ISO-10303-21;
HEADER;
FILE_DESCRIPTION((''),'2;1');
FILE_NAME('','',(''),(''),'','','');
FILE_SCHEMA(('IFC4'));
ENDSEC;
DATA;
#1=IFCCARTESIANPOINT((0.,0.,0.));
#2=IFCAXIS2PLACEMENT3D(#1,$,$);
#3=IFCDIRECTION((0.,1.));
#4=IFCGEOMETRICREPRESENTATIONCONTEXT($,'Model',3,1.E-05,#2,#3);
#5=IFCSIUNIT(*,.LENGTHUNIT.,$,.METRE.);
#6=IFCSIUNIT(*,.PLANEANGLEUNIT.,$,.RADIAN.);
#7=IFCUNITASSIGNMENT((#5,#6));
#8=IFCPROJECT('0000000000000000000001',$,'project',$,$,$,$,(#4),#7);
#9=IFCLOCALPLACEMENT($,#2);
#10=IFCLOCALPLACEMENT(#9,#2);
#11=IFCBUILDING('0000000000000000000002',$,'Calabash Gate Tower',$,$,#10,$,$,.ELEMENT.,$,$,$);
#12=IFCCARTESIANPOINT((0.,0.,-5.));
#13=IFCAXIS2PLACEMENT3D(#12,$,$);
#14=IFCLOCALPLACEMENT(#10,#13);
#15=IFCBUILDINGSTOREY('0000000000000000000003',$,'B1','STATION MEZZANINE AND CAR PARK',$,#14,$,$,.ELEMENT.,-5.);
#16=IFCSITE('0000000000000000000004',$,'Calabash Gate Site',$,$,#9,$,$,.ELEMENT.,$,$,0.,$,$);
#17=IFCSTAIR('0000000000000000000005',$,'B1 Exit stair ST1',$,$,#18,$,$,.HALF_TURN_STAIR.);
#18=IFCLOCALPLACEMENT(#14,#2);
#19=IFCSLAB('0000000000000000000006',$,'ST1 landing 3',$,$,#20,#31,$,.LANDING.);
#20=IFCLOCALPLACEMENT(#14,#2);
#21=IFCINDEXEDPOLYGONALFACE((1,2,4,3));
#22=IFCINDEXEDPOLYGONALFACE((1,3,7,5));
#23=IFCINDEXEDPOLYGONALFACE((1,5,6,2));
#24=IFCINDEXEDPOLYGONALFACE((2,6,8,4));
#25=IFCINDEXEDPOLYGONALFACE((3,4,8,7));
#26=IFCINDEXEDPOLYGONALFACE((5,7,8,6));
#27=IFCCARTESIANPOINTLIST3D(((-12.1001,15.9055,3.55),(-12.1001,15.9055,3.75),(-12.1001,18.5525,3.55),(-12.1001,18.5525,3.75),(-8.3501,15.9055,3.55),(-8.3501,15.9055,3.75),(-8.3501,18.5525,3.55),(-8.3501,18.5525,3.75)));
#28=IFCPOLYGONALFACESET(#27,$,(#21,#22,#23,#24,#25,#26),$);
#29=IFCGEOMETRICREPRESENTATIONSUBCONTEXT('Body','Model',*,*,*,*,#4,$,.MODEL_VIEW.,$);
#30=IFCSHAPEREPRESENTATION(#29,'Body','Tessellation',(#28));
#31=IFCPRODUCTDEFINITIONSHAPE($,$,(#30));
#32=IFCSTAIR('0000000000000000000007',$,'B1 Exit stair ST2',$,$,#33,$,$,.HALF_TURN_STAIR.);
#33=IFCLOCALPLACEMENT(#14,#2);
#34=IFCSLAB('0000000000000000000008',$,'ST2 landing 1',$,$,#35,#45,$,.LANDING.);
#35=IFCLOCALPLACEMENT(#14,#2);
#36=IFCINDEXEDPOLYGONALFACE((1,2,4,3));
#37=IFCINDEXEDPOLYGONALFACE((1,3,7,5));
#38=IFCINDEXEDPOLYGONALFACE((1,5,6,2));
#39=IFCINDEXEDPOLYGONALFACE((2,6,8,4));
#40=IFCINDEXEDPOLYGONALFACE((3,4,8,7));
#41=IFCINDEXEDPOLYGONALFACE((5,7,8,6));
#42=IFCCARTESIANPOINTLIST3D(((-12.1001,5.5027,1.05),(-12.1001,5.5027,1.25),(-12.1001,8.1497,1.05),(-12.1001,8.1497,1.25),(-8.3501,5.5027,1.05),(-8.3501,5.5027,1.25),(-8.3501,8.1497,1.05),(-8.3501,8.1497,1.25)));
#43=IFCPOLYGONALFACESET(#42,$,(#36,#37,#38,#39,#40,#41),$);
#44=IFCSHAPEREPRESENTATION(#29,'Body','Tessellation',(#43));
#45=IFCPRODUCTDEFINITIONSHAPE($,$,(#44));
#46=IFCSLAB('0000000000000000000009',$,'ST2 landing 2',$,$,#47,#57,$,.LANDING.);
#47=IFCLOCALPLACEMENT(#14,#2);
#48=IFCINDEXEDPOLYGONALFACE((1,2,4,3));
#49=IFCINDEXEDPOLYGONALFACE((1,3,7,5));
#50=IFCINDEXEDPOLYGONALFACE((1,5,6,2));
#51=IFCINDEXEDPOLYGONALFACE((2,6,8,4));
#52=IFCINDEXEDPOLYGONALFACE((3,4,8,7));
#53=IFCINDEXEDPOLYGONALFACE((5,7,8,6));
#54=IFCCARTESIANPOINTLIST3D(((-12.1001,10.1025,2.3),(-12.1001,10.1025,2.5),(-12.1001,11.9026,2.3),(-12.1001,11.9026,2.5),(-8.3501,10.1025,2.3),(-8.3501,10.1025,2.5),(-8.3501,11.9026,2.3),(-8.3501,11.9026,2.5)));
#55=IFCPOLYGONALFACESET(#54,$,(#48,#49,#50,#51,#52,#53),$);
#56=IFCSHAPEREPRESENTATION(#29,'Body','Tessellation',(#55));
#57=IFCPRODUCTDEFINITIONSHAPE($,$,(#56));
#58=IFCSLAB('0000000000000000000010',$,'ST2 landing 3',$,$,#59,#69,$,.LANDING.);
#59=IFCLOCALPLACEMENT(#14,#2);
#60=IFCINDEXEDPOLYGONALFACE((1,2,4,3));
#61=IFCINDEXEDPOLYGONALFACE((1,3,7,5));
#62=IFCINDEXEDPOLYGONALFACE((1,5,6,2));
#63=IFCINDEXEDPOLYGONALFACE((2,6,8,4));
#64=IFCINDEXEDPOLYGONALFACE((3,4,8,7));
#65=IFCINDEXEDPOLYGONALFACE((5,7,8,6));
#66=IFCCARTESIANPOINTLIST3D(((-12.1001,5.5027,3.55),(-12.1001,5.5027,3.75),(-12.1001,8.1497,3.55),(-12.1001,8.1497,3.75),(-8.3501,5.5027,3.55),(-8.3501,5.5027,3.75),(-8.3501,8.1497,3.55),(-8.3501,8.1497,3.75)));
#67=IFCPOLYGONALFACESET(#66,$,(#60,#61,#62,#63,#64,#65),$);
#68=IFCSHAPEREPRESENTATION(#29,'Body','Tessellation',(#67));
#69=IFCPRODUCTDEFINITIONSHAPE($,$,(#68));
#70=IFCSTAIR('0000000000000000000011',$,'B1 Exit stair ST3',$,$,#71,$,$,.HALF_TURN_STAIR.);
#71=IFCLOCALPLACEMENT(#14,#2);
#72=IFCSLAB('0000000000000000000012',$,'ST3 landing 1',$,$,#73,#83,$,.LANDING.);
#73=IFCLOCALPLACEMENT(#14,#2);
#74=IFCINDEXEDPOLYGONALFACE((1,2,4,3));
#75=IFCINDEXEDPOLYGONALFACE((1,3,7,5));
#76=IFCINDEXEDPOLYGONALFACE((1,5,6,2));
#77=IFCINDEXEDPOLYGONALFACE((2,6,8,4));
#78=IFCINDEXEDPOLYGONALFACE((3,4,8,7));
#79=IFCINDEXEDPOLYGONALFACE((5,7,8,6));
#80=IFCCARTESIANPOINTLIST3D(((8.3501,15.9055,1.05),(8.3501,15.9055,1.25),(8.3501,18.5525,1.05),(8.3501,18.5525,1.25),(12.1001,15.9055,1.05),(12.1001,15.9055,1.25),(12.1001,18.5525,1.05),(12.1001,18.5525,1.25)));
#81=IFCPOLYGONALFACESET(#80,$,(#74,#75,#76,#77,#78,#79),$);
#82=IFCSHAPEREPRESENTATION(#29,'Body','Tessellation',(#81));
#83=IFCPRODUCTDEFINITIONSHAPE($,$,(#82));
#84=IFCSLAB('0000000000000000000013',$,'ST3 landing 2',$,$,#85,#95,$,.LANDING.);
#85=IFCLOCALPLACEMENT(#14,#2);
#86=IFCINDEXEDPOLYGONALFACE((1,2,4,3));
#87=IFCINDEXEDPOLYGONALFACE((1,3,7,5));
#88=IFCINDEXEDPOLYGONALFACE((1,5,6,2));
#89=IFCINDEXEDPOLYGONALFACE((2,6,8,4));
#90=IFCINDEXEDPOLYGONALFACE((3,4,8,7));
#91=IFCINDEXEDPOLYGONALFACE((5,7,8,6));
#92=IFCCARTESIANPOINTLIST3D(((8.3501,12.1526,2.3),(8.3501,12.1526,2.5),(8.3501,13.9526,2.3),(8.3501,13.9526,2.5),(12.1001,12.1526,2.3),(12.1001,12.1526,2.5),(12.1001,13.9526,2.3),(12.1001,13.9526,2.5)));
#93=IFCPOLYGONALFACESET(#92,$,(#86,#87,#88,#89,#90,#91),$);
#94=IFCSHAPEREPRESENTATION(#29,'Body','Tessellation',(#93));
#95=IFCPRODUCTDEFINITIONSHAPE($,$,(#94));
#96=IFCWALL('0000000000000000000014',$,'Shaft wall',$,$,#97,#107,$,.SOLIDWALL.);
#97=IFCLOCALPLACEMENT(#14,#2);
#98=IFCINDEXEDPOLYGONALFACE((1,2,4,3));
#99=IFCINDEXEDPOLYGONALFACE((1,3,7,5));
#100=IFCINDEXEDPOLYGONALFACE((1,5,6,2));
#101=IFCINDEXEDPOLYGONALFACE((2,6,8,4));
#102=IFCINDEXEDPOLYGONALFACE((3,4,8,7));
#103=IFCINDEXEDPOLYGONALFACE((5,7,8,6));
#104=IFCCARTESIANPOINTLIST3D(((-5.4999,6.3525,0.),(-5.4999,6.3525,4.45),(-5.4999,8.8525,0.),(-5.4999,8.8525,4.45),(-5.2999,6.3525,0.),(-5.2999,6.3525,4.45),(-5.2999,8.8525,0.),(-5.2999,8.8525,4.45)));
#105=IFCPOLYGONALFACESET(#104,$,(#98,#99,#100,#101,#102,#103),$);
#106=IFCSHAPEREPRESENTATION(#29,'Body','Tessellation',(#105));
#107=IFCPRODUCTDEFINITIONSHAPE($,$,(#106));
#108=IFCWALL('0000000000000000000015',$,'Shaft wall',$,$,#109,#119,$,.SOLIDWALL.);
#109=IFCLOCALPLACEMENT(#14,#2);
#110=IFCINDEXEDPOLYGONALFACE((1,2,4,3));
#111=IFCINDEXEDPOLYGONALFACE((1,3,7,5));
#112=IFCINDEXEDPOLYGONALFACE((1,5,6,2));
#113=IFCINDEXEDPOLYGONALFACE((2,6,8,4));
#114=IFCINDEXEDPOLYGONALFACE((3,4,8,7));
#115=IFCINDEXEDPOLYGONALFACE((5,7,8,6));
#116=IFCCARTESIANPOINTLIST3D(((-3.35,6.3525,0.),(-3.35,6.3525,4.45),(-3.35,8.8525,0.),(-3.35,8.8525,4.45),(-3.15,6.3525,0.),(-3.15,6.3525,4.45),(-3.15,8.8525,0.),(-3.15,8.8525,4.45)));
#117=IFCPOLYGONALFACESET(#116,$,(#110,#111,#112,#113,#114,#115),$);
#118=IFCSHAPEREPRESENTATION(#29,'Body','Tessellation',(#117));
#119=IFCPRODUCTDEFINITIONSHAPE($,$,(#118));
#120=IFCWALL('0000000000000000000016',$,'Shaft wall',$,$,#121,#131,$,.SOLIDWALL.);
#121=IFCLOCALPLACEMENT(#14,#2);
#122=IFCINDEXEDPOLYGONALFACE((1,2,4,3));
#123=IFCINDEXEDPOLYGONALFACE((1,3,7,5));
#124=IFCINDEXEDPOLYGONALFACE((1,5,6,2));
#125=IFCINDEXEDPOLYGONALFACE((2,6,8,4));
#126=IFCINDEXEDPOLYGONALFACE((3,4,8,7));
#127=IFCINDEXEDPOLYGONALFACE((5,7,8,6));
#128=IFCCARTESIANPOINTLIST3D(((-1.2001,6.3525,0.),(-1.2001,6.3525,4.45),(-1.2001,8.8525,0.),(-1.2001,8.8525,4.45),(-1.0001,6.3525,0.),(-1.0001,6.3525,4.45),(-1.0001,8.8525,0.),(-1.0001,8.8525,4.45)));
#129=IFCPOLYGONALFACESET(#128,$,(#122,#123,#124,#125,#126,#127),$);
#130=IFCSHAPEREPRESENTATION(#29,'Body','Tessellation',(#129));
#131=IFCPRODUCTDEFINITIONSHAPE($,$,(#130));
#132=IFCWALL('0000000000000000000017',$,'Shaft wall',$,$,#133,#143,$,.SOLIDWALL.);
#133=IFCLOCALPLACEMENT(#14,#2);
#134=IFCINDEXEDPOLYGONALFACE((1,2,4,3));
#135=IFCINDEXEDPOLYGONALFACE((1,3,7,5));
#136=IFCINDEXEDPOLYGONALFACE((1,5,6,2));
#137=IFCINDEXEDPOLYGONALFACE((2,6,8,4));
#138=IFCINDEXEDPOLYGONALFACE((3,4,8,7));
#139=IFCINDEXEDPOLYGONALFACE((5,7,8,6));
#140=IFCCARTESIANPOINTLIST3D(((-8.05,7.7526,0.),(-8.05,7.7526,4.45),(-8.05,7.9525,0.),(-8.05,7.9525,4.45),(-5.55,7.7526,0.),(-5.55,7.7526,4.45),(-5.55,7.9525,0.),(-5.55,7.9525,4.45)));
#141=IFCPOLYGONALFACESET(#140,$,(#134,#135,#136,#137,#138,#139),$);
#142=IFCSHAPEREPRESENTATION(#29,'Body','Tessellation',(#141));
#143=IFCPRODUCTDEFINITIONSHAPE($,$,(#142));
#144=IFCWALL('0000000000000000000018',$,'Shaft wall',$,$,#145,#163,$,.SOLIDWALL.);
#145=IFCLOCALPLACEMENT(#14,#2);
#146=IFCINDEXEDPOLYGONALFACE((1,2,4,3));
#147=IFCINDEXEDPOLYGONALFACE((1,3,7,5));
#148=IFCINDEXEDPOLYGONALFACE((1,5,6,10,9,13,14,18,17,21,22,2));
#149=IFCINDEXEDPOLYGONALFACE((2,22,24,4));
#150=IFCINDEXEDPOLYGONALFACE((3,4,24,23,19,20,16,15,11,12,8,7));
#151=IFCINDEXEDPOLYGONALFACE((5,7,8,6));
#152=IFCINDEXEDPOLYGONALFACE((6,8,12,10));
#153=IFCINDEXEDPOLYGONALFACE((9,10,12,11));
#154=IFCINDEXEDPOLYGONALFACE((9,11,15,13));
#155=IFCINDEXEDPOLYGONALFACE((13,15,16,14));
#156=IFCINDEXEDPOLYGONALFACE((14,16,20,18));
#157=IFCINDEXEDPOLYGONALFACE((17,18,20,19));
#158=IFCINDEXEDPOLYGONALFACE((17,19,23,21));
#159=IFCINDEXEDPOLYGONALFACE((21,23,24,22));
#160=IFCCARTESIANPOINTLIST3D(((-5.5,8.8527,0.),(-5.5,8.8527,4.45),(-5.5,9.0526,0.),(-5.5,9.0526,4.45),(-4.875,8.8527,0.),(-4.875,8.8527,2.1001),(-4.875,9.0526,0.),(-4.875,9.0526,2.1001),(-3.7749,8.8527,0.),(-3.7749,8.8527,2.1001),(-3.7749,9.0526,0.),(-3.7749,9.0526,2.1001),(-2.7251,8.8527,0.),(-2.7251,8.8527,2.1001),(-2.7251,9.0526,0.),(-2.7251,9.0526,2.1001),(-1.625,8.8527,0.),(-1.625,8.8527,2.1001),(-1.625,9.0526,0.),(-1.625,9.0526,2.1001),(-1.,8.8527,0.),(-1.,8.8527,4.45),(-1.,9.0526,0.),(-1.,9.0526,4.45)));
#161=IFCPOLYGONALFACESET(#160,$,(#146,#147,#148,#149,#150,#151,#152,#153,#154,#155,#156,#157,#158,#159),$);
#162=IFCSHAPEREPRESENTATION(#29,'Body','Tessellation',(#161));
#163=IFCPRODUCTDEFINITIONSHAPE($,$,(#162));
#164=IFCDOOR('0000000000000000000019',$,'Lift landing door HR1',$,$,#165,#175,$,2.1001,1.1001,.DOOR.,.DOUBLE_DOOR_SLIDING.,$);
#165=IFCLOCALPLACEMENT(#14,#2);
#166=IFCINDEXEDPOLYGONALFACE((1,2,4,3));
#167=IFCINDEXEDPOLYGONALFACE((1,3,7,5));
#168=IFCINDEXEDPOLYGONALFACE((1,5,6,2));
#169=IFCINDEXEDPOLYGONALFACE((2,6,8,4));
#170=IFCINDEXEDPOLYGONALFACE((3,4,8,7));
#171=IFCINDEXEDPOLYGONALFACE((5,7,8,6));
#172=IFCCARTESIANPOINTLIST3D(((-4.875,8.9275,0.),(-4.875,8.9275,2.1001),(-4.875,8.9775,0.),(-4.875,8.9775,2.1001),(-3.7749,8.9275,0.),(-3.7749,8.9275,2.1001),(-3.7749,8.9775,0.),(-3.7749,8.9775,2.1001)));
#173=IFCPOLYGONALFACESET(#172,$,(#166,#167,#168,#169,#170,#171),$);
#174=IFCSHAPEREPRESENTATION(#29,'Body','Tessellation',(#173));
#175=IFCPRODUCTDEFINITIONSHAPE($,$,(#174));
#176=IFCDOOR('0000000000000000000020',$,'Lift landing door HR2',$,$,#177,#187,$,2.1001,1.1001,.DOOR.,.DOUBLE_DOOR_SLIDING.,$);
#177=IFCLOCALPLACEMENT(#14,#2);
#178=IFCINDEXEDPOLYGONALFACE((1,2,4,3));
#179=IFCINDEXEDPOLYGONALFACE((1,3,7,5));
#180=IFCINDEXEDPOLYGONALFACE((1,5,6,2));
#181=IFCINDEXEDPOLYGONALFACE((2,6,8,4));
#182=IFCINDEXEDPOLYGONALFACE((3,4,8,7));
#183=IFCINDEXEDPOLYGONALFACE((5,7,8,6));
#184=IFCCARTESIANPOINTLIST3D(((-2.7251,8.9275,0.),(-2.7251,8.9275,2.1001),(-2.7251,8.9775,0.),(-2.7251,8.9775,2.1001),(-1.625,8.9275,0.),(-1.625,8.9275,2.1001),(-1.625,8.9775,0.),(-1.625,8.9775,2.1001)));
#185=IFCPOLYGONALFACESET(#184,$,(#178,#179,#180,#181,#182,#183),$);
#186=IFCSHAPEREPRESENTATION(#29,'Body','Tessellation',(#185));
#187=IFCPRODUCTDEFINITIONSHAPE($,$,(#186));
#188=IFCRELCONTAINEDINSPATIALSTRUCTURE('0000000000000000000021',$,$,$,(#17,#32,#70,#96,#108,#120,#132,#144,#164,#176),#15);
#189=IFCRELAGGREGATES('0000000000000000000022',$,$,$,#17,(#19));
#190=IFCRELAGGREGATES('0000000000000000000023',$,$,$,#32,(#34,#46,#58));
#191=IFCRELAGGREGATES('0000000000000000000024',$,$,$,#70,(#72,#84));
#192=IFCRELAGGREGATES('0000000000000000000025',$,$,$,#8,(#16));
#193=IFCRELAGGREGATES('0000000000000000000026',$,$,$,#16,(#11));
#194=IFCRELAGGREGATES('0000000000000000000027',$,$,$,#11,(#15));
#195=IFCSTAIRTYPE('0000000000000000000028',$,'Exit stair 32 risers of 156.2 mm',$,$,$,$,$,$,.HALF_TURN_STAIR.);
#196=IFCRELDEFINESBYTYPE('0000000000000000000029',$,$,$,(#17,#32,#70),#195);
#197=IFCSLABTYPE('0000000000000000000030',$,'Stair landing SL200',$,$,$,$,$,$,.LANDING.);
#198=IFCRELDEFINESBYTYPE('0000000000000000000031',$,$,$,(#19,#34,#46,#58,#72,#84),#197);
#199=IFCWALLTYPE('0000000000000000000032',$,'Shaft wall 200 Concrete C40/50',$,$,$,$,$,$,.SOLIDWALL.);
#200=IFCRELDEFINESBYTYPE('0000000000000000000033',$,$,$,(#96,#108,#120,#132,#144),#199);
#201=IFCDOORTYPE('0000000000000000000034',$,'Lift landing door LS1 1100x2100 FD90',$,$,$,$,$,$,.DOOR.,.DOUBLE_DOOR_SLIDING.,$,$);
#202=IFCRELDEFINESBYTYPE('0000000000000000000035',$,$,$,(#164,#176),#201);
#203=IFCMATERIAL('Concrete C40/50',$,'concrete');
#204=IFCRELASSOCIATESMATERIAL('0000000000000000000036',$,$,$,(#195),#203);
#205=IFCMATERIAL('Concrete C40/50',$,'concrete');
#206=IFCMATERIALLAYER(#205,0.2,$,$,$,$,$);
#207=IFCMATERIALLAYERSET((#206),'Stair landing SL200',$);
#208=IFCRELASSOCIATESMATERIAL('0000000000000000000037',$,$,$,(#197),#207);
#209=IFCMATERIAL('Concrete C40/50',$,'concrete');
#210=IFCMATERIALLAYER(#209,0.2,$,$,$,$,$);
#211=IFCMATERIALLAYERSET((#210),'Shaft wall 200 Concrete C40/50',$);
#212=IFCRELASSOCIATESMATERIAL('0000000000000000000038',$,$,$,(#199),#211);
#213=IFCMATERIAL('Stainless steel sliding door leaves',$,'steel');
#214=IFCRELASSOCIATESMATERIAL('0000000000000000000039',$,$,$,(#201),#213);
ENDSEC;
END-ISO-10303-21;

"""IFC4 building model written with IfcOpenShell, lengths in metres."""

from ifc_helpers import new_model, si_unit, direction, frame, frame_2d, origin, place, context, subcontext, project, spatial, polyline, rectangle, outline, extrude, material, layer, layer_set, type_object, element, fill, aggregate, save


model = new_model("IFC4")

# Units and contexts
model_context = context("Model", 3, precision=1e-05, world=origin(), true_north=direction((0.0, 1.0)))
body_context = subcontext(model_context, "Body", "Model", "MODEL_VIEW")
ifc_project = project(units=[si_unit("LENGTHUNIT", "METRE"), si_unit("PLANEANGLEUNIT", "RADIAN")], contexts=[model_context])

# Site, building, storey
site_placement = place(None, origin())
site = spatial("IfcSite", under=ifc_project, at=site_placement, Name="Calabash Gate Site", CompositionType="ELEMENT", RefElevation=0.0)
building_placement = place(site_placement, origin())
building = spatial("IfcBuilding", under=site, at=building_placement, Name="Calabash Gate Tower", CompositionType="ELEMENT")
storey_placement = place(building_placement, frame((0.0, 0.0, -5.0)))
storey = spatial("IfcBuildingStorey", under=building, at=storey_placement, Name="B1", Description="STATION MEZZANINE AND CAR PARK", CompositionType="ELEMENT", Elevation=-5.0)

# Stairs, slabs
ifc_material_1 = material(Name="Concrete C40/50", Category="concrete")
stair_type = type_object("IfcStairType", Name="Exit stair 32 risers of 156.2 mm", PredefinedType="HALF_TURN_STAIR", material=ifc_material_1)
stair_1_placement = place(storey_placement, origin())
stair_1 = element("IfcStair", 1, at=stair_1_placement, inside=storey, type_object=stair_type, Name="B1 Exit stair ST1", PredefinedType="HALF_TURN_STAIR")
ifc_material_2 = material(Name="Concrete C40/50", Category="concrete")
ifc_layer_1 = layer(ifc_material_2, 0.2)
ifc_layer_set_1 = layer_set([ifc_layer_1], Name="Stair landing SL200")
slab_type_1 = type_object("IfcSlabType", Name="Stair landing SL200", PredefinedType="LANDING", material=ifc_layer_set_1)
slab_1_placement = place(storey_placement, frame((0.0, 0.0, 3.55)))
slab_1 = element("IfcSlab", 2, at=slab_1_placement, type_object=slab_type_1, Name="ST1 landing 3", PredefinedType="LANDING", context=body_context, shape_type="SweptSolid", body=[
    extrude(outline(polyline([(-8.3501, 15.9055), (-8.3501, 18.5525), (-12.1001, 18.5525), (-12.1001, 15.9055), (-8.3501, 15.9055)])), origin(), (0.0, 0.0, 1.0), 0.2),
])
aggregate(stair_1, [slab_1])
stair_2_placement = place(storey_placement, origin())
stair_2 = element("IfcStair", 3, at=stair_2_placement, inside=storey, type_object=stair_type, Name="B1 Exit stair ST2", PredefinedType="HALF_TURN_STAIR")
slab_2_placement = place(storey_placement, frame((0.0, 0.0, 1.05)))
slab_2 = element("IfcSlab", 4, at=slab_2_placement, type_object=slab_type_1, Name="ST2 landing 1", PredefinedType="LANDING", context=body_context, shape_type="SweptSolid", body=[
    extrude(outline(polyline([(-12.1001, 8.1497), (-12.1001, 5.5027), (-8.3501, 5.5027), (-8.3501, 8.1497), (-12.1001, 8.1497)])), origin(), (0.0, 0.0, 1.0), 0.2),
])
slab_3_placement = place(storey_placement, frame((0.0, 0.0, 2.3)))
slab_3 = element("IfcSlab", 5, at=slab_3_placement, type_object=slab_type_1, Name="ST2 landing 2", PredefinedType="LANDING", context=body_context, shape_type="SweptSolid", body=[
    extrude(outline(polyline([(-12.1001, 11.9026), (-12.1001, 10.1025), (-8.3501, 10.1025), (-8.3501, 11.9026), (-12.1001, 11.9026)])), origin(), (0.0, 0.0, 1.0), 0.2),
])
slab_4_placement = place(storey_placement, frame((0.0, 0.0, 3.55)))
slab_4 = element("IfcSlab", 6, at=slab_4_placement, type_object=slab_type_1, Name="ST2 landing 3", PredefinedType="LANDING", context=body_context, shape_type="SweptSolid", body=[
    extrude(outline(polyline([(-12.1001, 8.1497), (-12.1001, 5.5027), (-8.3501, 5.5027), (-8.3501, 8.1497), (-12.1001, 8.1497)])), origin(), (0.0, 0.0, 1.0), 0.2),
])
aggregate(stair_2, [slab_2, slab_3, slab_4])
stair_3_placement = place(storey_placement, origin())
stair_3 = element("IfcStair", 7, at=stair_3_placement, inside=storey, type_object=stair_type, Name="B1 Exit stair ST3", PredefinedType="HALF_TURN_STAIR")
slab_5_placement = place(storey_placement, frame((0.0, 0.0, 1.05)))
slab_5 = element("IfcSlab", 8, at=slab_5_placement, type_object=slab_type_1, Name="ST3 landing 1", PredefinedType="LANDING", context=body_context, shape_type="SweptSolid", body=[
    extrude(outline(polyline([(12.1001, 15.9055), (12.1001, 18.5525), (8.3501, 18.5525), (8.3501, 15.9055), (12.1001, 15.9055)])), origin(), (0.0, 0.0, 1.0), 0.2),
])
slab_6_placement = place(storey_placement, frame((0.0, 0.0, 2.3)))
slab_6 = element("IfcSlab", 9, at=slab_6_placement, type_object=slab_type_1, Name="ST3 landing 2", PredefinedType="LANDING", context=body_context, shape_type="SweptSolid", body=[
    extrude(outline(polyline([(12.1001, 12.1526), (12.1001, 13.9526), (8.3501, 13.9526), (8.3501, 12.1526), (12.1001, 12.1526)])), origin(), (0.0, 0.0, 1.0), 0.2),
])
aggregate(stair_3, [slab_5, slab_6])

# Walls
ifc_material_3 = material(Name="Concrete C40/50", Category="concrete")
ifc_layer_2 = layer(ifc_material_3, 0.2)
ifc_layer_set_2 = layer_set([ifc_layer_2], Name="Shaft wall 200 Concrete C40/50")
wall_type = type_object("IfcWallType", Name="Shaft wall 200 Concrete C40/50", PredefinedType="SOLIDWALL", material=ifc_layer_set_2)
for number, where, z_axis, x_axis, name in (
    (10, (-5.3999, 6.3525, 0.0), (0.0, 0.0, 1.0), (0.0, 1.0, 0.0), "Shaft wall"),
    (11, (-3.25, 6.3525, 0.0), (0.0, 0.0, 1.0), (0.0, 1.0, 0.0), "Shaft wall"),
    (12, (-1.1001, 6.3525, 0.0), (0.0, 0.0, 1.0), (0.0, 1.0, 0.0), "Shaft wall"),
    (13, (-8.05, 7.8525, 0.0), (0.0, 0.0, 1.0), (1.0, 0.0, 0.0), "Shaft wall"),
):
    element("IfcWall", number, at=place(storey_placement, frame(where, z_axis=z_axis, x_axis=x_axis)), inside=storey, type_object=wall_type, Name=name, PredefinedType="SOLIDWALL", context=body_context, shape_type="SweptSolid", body=[
        extrude(rectangle(XDim=2.5, YDim=0.2, at=frame_2d((1.25, 0.0))), origin(), (0.0, 0.0, 1.0), 4.45),
    ])

# Wall, openings, doors
wall_1_placement = place(storey_placement, frame((-5.5, 8.9526, 0.0), z_axis=(0.0, 0.0, 1.0), x_axis=(1.0, 0.0, 0.0)))
wall_1 = element("IfcWall", 14, at=wall_1_placement, inside=storey, type_object=wall_type, Name="Shaft wall", PredefinedType="SOLIDWALL", context=body_context, shape_type="SweptSolid", body=[
    extrude(rectangle(XDim=4.5, YDim=0.2, at=frame_2d((2.25, 0.0))), origin(), (0.0, 0.0, 1.0), 4.45),
])
opening_1_placement = place(wall_1_placement, frame((0.625, 0.0, 0.0)))
opening_1 = element("IfcOpeningElement", 15, at=opening_1_placement, cuts=wall_1, PredefinedType="OPENING", context=body_context, shape_type="SweptSolid", body=[
    extrude(rectangle(XDim=1.1001, YDim=2.1001, at=frame_2d((0.55, 1.05))), frame((0.0, 0.1099, 0.0), z_axis=(0.0, -1.0, 0.0), x_axis=(1.0, 0.0, 0.0)), (0.0, 0.0, 1.0), 0.22),
])
opening_2_placement = place(wall_1_placement, frame((2.7749, 0.0, 0.0)))
opening_2 = element("IfcOpeningElement", 16, at=opening_2_placement, cuts=wall_1, PredefinedType="OPENING", context=body_context, shape_type="SweptSolid", body=[
    extrude(rectangle(XDim=1.1001, YDim=2.1001, at=frame_2d((0.55, 1.05))), frame((0.0, 0.1099, 0.0), z_axis=(0.0, -1.0, 0.0), x_axis=(1.0, 0.0, 0.0)), (0.0, 0.0, 1.0), 0.22),
])
ifc_material_4 = material(Name="Stainless steel sliding door leaves", Category="steel")
door_type_1 = type_object("IfcDoorType", Name="Lift landing door LS1 1100x2100 FD90", OperationType="DOUBLE_DOOR_SLIDING", PredefinedType="DOOR", material=ifc_material_4)
door_1_placement = place(opening_1_placement, origin())
door_1 = element("IfcDoor", 17, at=door_1_placement, inside=storey, type_object=door_type_1, Name="Lift landing door HR1", OperationType="DOUBLE_DOOR_SLIDING", OverallHeight=2.1001, OverallWidth=1.1001, PredefinedType="DOOR", context=body_context, shape_type="SweptSolid", body=[
    extrude(rectangle(XDim=1.1001, YDim=2.1001, at=frame_2d((0.55, 1.05))), frame((0.0, 0.0249, 0.0), z_axis=(0.0, -1.0, 0.0), x_axis=(1.0, 0.0, 0.0)), (0.0, 0.0, 1.0), 0.05),
])
fill(opening_1, door_1)
door_2_placement = place(opening_2_placement, origin())
door_2 = element("IfcDoor", 18, at=door_2_placement, inside=storey, type_object=door_type_1, Name="Lift landing door HR2", OperationType="DOUBLE_DOOR_SLIDING", OverallHeight=2.1001, OverallWidth=1.1001, PredefinedType="DOOR", context=body_context, shape_type="SweptSolid", body=[
    extrude(rectangle(XDim=1.1001, YDim=2.1001, at=frame_2d((0.55, 1.05))), frame((0.0, 0.0249, 0.0), z_axis=(0.0, -1.0, 0.0), x_axis=(1.0, 0.0, 0.0)), (0.0, 0.0, 1.0), 0.05),
])
fill(opening_2, door_2)

save(model, "model.ifc")
